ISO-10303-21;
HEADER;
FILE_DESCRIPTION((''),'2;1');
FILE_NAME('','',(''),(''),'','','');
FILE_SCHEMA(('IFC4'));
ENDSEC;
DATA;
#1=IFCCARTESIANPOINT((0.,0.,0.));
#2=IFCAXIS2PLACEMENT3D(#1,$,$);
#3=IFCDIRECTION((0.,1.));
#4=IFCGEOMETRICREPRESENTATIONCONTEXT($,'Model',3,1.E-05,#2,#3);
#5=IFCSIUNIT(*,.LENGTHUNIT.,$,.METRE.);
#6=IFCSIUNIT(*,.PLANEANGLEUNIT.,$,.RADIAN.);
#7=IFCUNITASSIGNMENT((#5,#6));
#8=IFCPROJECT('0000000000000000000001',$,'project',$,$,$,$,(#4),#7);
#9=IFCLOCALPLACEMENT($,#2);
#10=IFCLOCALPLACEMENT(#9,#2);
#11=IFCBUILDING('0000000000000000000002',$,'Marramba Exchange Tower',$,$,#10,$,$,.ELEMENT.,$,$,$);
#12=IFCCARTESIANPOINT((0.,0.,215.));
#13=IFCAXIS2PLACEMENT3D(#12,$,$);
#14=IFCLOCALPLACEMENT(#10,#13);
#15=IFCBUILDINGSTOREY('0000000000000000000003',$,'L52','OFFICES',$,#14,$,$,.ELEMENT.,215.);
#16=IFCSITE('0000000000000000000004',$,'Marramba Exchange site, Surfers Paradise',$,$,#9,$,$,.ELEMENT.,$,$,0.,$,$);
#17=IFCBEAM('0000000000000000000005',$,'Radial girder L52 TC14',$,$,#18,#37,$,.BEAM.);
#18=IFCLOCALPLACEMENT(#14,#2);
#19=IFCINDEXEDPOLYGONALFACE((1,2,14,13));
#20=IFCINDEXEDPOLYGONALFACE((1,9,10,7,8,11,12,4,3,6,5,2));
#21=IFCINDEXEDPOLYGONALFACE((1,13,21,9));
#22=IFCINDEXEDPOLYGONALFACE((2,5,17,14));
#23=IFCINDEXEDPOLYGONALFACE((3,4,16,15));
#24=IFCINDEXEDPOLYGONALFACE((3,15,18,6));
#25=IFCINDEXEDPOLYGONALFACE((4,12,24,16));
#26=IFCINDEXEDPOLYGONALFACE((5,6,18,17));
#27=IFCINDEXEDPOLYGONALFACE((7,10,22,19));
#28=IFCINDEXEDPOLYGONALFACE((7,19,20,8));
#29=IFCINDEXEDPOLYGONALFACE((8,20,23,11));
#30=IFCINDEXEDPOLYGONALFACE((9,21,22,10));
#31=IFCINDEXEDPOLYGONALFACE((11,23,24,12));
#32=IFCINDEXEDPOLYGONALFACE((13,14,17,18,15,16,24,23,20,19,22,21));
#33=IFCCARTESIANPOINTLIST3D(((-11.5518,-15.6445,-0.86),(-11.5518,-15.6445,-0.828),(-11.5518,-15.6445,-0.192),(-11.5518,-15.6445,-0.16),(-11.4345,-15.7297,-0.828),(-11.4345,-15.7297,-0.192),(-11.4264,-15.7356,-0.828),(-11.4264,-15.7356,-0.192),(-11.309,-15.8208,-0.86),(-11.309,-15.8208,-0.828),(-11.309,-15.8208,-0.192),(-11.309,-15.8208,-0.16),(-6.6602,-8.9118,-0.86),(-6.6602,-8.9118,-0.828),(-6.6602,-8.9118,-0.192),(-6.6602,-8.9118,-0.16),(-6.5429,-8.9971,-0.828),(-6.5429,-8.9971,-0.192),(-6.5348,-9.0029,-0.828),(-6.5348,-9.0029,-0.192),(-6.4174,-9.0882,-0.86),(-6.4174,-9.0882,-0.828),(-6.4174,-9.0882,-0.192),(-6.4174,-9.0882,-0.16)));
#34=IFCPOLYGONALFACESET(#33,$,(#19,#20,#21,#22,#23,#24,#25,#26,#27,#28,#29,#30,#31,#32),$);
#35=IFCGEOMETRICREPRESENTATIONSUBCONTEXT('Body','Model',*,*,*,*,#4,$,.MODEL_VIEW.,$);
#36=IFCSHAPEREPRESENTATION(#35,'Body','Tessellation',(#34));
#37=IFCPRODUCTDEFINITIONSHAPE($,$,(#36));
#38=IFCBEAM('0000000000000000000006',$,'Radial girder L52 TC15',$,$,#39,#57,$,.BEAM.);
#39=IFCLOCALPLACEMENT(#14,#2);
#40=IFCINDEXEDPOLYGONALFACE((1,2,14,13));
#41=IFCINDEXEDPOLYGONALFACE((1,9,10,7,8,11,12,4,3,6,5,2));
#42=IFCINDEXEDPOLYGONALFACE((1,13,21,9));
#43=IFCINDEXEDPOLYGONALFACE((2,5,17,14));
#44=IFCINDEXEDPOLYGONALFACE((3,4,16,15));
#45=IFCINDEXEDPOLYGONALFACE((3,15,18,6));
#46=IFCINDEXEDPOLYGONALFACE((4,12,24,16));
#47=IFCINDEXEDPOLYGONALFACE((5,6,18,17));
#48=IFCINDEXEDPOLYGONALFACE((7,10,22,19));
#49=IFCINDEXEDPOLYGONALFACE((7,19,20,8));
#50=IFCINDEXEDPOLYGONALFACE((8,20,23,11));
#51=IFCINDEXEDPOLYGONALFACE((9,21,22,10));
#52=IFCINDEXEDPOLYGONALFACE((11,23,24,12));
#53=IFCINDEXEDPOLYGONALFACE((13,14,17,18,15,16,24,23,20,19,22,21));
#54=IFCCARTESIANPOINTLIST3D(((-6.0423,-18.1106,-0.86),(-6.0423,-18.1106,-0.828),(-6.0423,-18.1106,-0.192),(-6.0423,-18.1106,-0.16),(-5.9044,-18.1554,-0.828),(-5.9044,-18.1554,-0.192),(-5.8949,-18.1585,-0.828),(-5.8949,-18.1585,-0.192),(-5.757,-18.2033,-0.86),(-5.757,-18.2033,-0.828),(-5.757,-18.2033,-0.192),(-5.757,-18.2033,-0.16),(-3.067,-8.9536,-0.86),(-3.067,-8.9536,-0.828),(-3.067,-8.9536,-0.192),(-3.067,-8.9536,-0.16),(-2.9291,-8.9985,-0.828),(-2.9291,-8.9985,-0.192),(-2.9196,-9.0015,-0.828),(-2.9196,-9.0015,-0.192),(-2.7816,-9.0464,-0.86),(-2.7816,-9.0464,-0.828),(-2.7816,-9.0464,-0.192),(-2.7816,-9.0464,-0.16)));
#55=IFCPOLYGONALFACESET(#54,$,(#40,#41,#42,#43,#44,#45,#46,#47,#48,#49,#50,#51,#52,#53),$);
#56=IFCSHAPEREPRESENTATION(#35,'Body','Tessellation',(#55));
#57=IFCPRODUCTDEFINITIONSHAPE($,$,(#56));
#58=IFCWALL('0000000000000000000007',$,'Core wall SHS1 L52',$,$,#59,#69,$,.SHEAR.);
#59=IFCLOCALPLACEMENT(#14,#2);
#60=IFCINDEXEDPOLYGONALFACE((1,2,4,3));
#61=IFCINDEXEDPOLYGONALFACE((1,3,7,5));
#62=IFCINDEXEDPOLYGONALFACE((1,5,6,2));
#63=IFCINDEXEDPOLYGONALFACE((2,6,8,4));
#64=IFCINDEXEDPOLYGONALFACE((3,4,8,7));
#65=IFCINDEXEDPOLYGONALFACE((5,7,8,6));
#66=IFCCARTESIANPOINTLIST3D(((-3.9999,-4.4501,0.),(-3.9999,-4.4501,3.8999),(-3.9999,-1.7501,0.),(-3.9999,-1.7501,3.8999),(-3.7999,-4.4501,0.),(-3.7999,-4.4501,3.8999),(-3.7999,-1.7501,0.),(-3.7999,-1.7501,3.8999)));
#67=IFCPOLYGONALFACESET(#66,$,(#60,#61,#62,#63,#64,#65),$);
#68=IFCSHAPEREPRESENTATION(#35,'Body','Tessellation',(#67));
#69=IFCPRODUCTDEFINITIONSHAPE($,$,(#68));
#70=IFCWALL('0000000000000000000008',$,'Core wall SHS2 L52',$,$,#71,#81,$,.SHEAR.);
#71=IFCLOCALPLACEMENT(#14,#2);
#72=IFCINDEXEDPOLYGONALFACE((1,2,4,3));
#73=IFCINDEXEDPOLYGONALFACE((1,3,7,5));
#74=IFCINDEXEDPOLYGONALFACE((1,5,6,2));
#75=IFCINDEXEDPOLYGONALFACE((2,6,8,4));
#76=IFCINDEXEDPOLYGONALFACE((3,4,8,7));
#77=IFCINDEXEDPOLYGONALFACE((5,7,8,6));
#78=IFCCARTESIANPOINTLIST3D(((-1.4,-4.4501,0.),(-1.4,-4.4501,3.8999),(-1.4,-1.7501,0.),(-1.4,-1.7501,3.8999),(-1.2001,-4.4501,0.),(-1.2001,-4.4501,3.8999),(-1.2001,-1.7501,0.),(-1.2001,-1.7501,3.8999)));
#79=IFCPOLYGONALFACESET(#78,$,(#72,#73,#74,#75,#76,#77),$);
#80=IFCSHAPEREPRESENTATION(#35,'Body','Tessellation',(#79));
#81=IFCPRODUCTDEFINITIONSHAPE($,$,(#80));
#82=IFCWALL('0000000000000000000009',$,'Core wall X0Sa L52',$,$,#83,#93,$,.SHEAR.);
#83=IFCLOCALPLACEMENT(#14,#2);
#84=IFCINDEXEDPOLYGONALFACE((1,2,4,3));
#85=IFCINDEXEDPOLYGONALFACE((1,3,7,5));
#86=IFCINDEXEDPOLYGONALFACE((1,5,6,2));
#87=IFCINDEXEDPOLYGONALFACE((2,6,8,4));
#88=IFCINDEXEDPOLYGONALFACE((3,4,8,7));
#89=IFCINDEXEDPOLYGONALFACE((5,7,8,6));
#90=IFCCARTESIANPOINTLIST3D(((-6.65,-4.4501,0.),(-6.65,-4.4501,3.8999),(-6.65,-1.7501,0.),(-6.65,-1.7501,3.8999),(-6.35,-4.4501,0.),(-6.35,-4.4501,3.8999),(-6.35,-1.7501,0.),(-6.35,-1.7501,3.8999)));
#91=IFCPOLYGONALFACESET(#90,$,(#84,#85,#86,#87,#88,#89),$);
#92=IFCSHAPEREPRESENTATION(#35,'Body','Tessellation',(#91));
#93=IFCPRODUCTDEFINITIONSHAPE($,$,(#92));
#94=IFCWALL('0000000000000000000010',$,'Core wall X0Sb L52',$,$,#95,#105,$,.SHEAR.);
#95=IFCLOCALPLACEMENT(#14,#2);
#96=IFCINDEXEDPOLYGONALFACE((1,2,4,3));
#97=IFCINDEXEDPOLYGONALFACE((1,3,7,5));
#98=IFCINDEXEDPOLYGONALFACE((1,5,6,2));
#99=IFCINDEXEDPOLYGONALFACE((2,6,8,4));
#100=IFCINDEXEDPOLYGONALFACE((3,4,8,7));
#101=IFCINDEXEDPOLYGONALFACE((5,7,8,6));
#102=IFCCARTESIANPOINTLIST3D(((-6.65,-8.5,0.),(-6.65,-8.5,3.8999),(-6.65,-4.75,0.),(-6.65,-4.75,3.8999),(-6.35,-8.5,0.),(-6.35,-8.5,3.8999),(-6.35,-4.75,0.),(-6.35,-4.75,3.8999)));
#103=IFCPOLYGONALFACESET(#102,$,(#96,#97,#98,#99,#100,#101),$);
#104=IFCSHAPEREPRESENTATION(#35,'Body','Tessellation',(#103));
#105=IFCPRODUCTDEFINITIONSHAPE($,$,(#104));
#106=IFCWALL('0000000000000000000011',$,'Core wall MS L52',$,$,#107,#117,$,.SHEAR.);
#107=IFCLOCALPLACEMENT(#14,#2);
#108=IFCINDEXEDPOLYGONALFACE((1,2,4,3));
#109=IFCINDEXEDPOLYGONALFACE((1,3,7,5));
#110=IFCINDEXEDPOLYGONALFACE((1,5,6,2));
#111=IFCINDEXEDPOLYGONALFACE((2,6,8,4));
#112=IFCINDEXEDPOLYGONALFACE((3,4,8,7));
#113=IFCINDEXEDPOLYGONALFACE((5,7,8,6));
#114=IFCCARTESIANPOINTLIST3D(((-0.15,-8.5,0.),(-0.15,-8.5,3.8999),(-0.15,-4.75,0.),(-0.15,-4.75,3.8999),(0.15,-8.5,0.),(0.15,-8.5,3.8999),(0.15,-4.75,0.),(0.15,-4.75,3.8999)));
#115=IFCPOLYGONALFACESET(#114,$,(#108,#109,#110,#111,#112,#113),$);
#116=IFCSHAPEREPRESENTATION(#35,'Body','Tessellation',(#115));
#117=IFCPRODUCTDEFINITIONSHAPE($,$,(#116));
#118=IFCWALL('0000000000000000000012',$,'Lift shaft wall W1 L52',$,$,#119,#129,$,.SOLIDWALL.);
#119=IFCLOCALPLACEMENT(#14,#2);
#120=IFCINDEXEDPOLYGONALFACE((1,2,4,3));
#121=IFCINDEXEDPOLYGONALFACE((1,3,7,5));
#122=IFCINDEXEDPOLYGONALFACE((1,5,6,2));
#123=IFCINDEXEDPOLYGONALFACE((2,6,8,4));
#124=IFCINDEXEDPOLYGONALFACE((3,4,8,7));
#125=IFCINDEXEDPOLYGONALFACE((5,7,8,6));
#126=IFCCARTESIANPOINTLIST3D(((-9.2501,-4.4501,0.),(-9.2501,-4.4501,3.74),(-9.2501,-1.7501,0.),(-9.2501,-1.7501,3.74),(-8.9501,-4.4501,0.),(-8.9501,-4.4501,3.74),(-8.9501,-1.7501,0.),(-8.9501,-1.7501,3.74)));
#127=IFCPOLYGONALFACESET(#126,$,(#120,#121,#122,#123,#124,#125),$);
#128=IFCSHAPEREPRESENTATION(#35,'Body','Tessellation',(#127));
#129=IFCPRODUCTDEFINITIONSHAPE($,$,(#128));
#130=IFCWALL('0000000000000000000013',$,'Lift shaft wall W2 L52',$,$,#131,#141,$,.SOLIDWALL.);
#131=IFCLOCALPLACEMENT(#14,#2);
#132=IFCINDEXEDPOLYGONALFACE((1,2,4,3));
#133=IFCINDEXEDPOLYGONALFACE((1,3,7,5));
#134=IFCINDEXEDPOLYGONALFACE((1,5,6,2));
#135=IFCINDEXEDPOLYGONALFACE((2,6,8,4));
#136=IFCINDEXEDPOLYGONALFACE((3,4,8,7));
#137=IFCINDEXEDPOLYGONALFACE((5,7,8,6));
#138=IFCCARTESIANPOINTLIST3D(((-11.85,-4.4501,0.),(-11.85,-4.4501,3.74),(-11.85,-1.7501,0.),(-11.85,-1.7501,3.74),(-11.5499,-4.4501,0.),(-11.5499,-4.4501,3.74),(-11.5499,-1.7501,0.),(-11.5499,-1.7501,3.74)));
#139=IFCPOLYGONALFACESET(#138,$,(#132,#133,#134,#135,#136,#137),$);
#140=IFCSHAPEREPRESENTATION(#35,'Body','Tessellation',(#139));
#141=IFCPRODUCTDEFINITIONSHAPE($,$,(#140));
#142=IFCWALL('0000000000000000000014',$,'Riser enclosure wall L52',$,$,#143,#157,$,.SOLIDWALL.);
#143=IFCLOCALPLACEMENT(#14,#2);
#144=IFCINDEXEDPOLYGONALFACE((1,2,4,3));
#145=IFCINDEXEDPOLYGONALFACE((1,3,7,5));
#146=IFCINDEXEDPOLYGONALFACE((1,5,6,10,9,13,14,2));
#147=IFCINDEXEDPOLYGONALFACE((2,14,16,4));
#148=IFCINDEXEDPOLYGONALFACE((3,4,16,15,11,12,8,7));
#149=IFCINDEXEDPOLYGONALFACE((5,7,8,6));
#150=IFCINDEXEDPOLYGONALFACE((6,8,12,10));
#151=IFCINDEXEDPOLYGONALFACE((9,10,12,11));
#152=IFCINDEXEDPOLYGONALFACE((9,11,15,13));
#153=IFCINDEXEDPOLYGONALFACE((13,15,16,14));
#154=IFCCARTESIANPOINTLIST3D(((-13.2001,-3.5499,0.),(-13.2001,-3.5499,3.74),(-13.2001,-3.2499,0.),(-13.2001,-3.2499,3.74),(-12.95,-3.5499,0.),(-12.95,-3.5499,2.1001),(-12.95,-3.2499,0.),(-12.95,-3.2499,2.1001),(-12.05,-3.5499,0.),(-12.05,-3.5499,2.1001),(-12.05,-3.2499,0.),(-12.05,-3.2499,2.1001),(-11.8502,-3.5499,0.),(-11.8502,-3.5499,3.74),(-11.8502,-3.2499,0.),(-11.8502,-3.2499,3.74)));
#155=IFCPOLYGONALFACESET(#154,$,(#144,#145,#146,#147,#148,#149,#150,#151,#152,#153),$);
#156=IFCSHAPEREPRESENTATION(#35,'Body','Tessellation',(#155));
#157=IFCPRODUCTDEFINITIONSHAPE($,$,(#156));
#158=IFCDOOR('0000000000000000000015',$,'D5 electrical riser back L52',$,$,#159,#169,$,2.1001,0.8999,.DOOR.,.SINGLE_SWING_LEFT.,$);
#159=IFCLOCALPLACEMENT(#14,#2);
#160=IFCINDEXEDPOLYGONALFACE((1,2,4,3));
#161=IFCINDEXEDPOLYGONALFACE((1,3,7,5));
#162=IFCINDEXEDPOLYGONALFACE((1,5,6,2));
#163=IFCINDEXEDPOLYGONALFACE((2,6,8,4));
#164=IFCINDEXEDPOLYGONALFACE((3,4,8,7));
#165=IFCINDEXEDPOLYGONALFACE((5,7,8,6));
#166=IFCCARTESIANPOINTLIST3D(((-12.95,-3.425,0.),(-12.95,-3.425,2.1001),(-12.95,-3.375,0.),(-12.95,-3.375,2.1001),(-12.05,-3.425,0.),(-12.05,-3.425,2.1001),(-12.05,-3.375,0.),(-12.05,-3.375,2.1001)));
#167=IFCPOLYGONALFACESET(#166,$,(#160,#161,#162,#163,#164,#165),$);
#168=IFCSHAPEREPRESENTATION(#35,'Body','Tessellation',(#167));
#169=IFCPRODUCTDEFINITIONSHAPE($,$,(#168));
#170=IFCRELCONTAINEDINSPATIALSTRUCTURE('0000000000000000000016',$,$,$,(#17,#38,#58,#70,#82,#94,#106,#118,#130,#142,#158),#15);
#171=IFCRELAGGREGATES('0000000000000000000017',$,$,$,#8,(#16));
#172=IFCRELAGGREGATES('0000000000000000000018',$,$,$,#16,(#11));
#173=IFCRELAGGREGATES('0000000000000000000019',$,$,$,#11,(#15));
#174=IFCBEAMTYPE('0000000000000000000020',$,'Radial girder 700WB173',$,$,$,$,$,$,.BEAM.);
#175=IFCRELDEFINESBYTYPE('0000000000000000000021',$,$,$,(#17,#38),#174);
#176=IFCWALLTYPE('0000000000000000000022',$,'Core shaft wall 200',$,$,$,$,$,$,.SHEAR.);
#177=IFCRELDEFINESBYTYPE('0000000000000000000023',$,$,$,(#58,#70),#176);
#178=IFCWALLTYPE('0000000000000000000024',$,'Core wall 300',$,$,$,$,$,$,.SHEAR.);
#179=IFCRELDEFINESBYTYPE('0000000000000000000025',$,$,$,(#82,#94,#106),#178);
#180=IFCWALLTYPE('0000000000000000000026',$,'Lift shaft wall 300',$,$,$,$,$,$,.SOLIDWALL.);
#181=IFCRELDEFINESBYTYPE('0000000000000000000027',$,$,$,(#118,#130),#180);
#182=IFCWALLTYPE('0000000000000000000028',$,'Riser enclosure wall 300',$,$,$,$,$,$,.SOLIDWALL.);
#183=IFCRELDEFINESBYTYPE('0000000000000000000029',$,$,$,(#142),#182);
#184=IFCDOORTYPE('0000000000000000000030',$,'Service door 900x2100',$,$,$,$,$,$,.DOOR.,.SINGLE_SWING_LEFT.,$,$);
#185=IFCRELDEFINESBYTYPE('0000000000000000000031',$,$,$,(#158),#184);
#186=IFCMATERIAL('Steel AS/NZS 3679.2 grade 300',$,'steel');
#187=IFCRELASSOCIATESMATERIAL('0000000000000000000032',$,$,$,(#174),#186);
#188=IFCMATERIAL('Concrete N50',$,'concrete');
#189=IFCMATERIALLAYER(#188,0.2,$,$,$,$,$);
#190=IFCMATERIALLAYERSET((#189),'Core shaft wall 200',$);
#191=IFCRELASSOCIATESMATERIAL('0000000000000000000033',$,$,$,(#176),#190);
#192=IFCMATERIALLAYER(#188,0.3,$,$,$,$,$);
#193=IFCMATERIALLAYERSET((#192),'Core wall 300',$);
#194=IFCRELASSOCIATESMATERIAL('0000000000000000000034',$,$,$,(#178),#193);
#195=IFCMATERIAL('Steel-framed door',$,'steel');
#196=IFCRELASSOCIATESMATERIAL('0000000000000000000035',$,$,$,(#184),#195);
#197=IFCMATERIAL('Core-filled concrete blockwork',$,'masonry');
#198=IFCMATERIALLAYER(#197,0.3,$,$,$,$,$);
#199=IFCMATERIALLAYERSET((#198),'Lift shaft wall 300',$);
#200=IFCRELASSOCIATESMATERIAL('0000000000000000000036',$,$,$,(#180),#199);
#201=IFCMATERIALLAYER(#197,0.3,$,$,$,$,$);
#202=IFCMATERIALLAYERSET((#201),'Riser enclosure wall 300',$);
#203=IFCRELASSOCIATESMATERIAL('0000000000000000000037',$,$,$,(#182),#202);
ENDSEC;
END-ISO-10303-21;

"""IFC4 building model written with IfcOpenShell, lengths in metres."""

from ifc_helpers import new_model, si_unit, direction, frame, frame_2d, origin, origin_2d, place, context, subcontext, project, spatial, rectangle, i_section, extrude, material, layer, layer_set, material_profile, profile_set, type_object, element, fill, save


model = new_model("IFC4")

# Units and contexts
model_context = context("Model", 3, precision=1e-05, world=origin(), true_north=direction((0.0, 1.0)))
body_context = subcontext(model_context, "Body", "Model", "MODEL_VIEW")
ifc_project = project(units=[si_unit("LENGTHUNIT", "METRE"), si_unit("PLANEANGLEUNIT", "RADIAN")], contexts=[model_context])

# Site, building, storey
site_placement = place(None, origin())
site = spatial("IfcSite", under=ifc_project, at=site_placement, Name="Marramba Exchange site, Surfers Paradise", CompositionType="ELEMENT", RefElevation=0.0)
building_placement = place(site_placement, origin())
building = spatial("IfcBuilding", under=site, at=building_placement, Name="Marramba Exchange Tower", CompositionType="ELEMENT")
storey_placement = place(building_placement, frame((0.0, 0.0, 215.0)))
storey = spatial("IfcBuildingStorey", under=building, at=storey_placement, Name="L52", Description="OFFICES", CompositionType="ELEMENT", Elevation=215.0)

# Beams
ifc_material_1 = material(Name="Steel AS/NZS 3679.2 grade 300", Category="steel")
ifc_material_profile = material_profile(ifc_material_1, i_section(OverallWidth=0.3, OverallDepth=0.7, WebThickness=0.01, FlangeThickness=0.032, at=origin_2d()), Name="700WB173")
ifc_profile_set = profile_set([ifc_material_profile], Name="Steel AS/NZS 3679.2 grade 300")
beam_type = type_object("IfcBeamType", Name="Radial girder 700WB173", PredefinedType="BEAM", material=ifc_profile_set)
beam_1_placement = place(storey_placement, frame((-6.5388, -9.0, -0.51), z_axis=(-0.587788, -0.809015, 0.0), x_axis=(0.809015, -0.587788, 0.0)))
element("IfcBeam", 1, at=beam_1_placement, inside=storey, type_object=beam_type, Name="Radial girder L52 TC14", PredefinedType="BEAM", context=body_context, shape_type="SweptSolid", body=[
    extrude(i_section(OverallWidth=0.3, OverallDepth=0.7, WebThickness=0.01, FlangeThickness=0.032, at=origin_2d()), origin(), (0.0, 0.0, 1.0), 8.322),
])
beam_2_placement = place(storey_placement, frame((-2.9243, -9.0, -0.51), z_axis=(-0.309022, -0.951055, 0.0), x_axis=(0.951055, -0.309022, 0.0)))
element("IfcBeam", 2, at=beam_2_placement, inside=storey, type_object=beam_type, Name="Radial girder L52 TC15", PredefinedType="BEAM", context=body_context, shape_type="SweptSolid", body=[
    extrude(i_section(OverallWidth=0.3, OverallDepth=0.7, WebThickness=0.01, FlangeThickness=0.032, at=origin_2d()), origin(), (0.0, 0.0, 1.0), 9.6282),
])

# Walls
ifc_material_2 = material(Name="Concrete N50", Category="concrete")
ifc_layer_1 = layer(ifc_material_2, 0.2)
ifc_layer_set_1 = layer_set([ifc_layer_1], Name="Core shaft wall 200")
wall_type_1 = type_object("IfcWallType", Name="Core shaft wall 200", PredefinedType="SHEAR", material=ifc_layer_set_1)
for number, where, z_axis, x_axis, name in (
    (3, (-3.8999, -1.75, 0.0), (0.0, 0.0, 1.0), (0.0, -1.0, 0.0), "Core wall SHS1 L52"),
    (4, (-1.3, -1.75, 0.0), (0.0, 0.0, 1.0), (0.0, -1.0, 0.0), "Core wall SHS2 L52"),
):
    element("IfcWall", number, at=place(storey_placement, frame(where, z_axis=z_axis, x_axis=x_axis)), inside=storey, type_object=wall_type_1, Name=name, PredefinedType="SHEAR", context=body_context, shape_type="SweptSolid", body=[
        extrude(rectangle(XDim=2.7, YDim=0.2, at=frame_2d((1.3501, 0.0))), origin(), (0.0, 0.0, 1.0), 3.8999),
    ])

# Shared definitions
ifc_layer_2 = layer(ifc_material_2, 0.3)
ifc_layer_set_2 = layer_set([ifc_layer_2], Name="Core wall 300")
wall_type_2 = type_object("IfcWallType", Name="Core wall 300", PredefinedType="SHEAR", material=ifc_layer_set_2)
ifc_material_3 = material(Name="Steel-framed door", Category="steel")
door_type_1 = type_object("IfcDoorType", Name="Service door 900x2100", OperationType="SINGLE_SWING_LEFT", PredefinedType="DOOR", material=ifc_material_3)

# Walls
wall_1_placement = place(storey_placement, frame((-6.5, -1.75, 0.0), z_axis=(0.0, 0.0, 1.0), x_axis=(0.0, -1.0, 0.0)))
element("IfcWall", 5, at=wall_1_placement, inside=storey, type_object=wall_type_2, Name="Core wall X0Sa L52", PredefinedType="SHEAR", context=body_context, shape_type="SweptSolid", body=[
    extrude(rectangle(XDim=2.7, YDim=0.3, at=frame_2d((1.3501, 0.0))), origin(), (0.0, 0.0, 1.0), 3.8999),
])
for number, where, z_axis, x_axis, name in (
    (6, (-6.5, -4.75, 0.0), (0.0, 0.0, 1.0), (0.0, -1.0, 0.0), "Core wall X0Sb L52"),
    (7, (0.0, -4.75, 0.0), (0.0, 0.0, 1.0), (0.0, -1.0, 0.0), "Core wall MS L52"),
):
    element("IfcWall", number, at=place(storey_placement, frame(where, z_axis=z_axis, x_axis=x_axis)), inside=storey, type_object=wall_type_2, Name=name, PredefinedType="SHEAR", context=body_context, shape_type="SweptSolid", body=[
        extrude(rectangle(XDim=3.75, YDim=0.3, at=frame_2d((1.875, 0.0))), origin(), (0.0, 0.0, 1.0), 3.8999),
    ])
ifc_material_4 = material(Name="Core-filled concrete blockwork", Category="masonry")
ifc_layer_3 = layer(ifc_material_4, 0.3)
ifc_layer_set_3 = layer_set([ifc_layer_3], Name="Lift shaft wall 300")
wall_type_3 = type_object("IfcWallType", Name="Lift shaft wall 300", PredefinedType="SOLIDWALL", material=ifc_layer_set_3)
for number, where, z_axis, x_axis, name in (
    (8, (-9.1001, -1.75, 0.0), (0.0, 0.0, 1.0), (0.0, -1.0, 0.0), "Lift shaft wall W1 L52"),
    (9, (-11.7, -1.75, 0.0), (0.0, 0.0, 1.0), (0.0, -1.0, 0.0), "Lift shaft wall W2 L52"),
):
    element("IfcWall", number, at=place(storey_placement, frame(where, z_axis=z_axis, x_axis=x_axis)), inside=storey, type_object=wall_type_3, Name=name, PredefinedType="SOLIDWALL", context=body_context, shape_type="SweptSolid", body=[
        extrude(rectangle(XDim=2.7, YDim=0.3, at=frame_2d((1.3501, 0.0))), origin(), (0.0, 0.0, 1.0), 3.74),
    ])

# Wall, opening, door
ifc_layer_4 = layer(ifc_material_4, 0.3)
ifc_layer_set_4 = layer_set([ifc_layer_4], Name="Riser enclosure wall 300")
wall_type_4 = type_object("IfcWallType", Name="Riser enclosure wall 300", PredefinedType="SOLIDWALL", material=ifc_layer_set_4)
wall_2_placement = place(storey_placement, frame((-13.2, -3.3999, 0.0), z_axis=(0.0, 0.0, 1.0), x_axis=(1.0, 0.0, 0.0)))
wall_2 = element("IfcWall", 10, at=wall_2_placement, inside=storey, type_object=wall_type_4, Name="Riser enclosure wall L52", PredefinedType="SOLIDWALL", context=body_context, shape_type="SweptSolid", body=[
    extrude(rectangle(XDim=1.3499, YDim=0.3, at=frame_2d((0.6748, 0.0))), origin(), (0.0, 0.0, 1.0), 3.74),
])
opening_1_placement = place(wall_2_placement, frame((0.25, 0.0, 0.0)))
opening_1 = element("IfcOpeningElement", 11, at=opening_1_placement, cuts=wall_2, PredefinedType="OPENING", context=body_context, shape_type="SweptSolid", body=[
    extrude(rectangle(XDim=0.8999, YDim=2.1001, at=frame_2d((0.45, 1.05))), frame((0.0, 0.1599, 0.0), z_axis=(0.0, -1.0, 0.0), x_axis=(1.0, 0.0, 0.0)), (0.0, 0.0, 1.0), 0.3201),
])
door_1_placement = place(opening_1_placement, frame((0.8999, 0.0, 0.0), z_axis=(0.0, 0.0, 1.0), x_axis=(-1.0, 0.0, 0.0)))
door_1 = element("IfcDoor", 12, at=door_1_placement, inside=storey, type_object=door_type_1, Name="D5 electrical riser back L52", OperationType="SINGLE_SWING_LEFT", OverallHeight=2.1001, OverallWidth=0.8999, PredefinedType="DOOR", context=body_context, shape_type="SweptSolid", body=[
    extrude(rectangle(XDim=0.8999, YDim=2.1001, at=frame_2d((0.45, 1.05))), frame((0.0, 0.0251, 0.0), z_axis=(0.0, -1.0, 0.0), x_axis=(1.0, 0.0, 0.0)), (0.0, 0.0, 1.0), 0.05),
])
fill(opening_1, door_1)

save(model, "model.ifc")
